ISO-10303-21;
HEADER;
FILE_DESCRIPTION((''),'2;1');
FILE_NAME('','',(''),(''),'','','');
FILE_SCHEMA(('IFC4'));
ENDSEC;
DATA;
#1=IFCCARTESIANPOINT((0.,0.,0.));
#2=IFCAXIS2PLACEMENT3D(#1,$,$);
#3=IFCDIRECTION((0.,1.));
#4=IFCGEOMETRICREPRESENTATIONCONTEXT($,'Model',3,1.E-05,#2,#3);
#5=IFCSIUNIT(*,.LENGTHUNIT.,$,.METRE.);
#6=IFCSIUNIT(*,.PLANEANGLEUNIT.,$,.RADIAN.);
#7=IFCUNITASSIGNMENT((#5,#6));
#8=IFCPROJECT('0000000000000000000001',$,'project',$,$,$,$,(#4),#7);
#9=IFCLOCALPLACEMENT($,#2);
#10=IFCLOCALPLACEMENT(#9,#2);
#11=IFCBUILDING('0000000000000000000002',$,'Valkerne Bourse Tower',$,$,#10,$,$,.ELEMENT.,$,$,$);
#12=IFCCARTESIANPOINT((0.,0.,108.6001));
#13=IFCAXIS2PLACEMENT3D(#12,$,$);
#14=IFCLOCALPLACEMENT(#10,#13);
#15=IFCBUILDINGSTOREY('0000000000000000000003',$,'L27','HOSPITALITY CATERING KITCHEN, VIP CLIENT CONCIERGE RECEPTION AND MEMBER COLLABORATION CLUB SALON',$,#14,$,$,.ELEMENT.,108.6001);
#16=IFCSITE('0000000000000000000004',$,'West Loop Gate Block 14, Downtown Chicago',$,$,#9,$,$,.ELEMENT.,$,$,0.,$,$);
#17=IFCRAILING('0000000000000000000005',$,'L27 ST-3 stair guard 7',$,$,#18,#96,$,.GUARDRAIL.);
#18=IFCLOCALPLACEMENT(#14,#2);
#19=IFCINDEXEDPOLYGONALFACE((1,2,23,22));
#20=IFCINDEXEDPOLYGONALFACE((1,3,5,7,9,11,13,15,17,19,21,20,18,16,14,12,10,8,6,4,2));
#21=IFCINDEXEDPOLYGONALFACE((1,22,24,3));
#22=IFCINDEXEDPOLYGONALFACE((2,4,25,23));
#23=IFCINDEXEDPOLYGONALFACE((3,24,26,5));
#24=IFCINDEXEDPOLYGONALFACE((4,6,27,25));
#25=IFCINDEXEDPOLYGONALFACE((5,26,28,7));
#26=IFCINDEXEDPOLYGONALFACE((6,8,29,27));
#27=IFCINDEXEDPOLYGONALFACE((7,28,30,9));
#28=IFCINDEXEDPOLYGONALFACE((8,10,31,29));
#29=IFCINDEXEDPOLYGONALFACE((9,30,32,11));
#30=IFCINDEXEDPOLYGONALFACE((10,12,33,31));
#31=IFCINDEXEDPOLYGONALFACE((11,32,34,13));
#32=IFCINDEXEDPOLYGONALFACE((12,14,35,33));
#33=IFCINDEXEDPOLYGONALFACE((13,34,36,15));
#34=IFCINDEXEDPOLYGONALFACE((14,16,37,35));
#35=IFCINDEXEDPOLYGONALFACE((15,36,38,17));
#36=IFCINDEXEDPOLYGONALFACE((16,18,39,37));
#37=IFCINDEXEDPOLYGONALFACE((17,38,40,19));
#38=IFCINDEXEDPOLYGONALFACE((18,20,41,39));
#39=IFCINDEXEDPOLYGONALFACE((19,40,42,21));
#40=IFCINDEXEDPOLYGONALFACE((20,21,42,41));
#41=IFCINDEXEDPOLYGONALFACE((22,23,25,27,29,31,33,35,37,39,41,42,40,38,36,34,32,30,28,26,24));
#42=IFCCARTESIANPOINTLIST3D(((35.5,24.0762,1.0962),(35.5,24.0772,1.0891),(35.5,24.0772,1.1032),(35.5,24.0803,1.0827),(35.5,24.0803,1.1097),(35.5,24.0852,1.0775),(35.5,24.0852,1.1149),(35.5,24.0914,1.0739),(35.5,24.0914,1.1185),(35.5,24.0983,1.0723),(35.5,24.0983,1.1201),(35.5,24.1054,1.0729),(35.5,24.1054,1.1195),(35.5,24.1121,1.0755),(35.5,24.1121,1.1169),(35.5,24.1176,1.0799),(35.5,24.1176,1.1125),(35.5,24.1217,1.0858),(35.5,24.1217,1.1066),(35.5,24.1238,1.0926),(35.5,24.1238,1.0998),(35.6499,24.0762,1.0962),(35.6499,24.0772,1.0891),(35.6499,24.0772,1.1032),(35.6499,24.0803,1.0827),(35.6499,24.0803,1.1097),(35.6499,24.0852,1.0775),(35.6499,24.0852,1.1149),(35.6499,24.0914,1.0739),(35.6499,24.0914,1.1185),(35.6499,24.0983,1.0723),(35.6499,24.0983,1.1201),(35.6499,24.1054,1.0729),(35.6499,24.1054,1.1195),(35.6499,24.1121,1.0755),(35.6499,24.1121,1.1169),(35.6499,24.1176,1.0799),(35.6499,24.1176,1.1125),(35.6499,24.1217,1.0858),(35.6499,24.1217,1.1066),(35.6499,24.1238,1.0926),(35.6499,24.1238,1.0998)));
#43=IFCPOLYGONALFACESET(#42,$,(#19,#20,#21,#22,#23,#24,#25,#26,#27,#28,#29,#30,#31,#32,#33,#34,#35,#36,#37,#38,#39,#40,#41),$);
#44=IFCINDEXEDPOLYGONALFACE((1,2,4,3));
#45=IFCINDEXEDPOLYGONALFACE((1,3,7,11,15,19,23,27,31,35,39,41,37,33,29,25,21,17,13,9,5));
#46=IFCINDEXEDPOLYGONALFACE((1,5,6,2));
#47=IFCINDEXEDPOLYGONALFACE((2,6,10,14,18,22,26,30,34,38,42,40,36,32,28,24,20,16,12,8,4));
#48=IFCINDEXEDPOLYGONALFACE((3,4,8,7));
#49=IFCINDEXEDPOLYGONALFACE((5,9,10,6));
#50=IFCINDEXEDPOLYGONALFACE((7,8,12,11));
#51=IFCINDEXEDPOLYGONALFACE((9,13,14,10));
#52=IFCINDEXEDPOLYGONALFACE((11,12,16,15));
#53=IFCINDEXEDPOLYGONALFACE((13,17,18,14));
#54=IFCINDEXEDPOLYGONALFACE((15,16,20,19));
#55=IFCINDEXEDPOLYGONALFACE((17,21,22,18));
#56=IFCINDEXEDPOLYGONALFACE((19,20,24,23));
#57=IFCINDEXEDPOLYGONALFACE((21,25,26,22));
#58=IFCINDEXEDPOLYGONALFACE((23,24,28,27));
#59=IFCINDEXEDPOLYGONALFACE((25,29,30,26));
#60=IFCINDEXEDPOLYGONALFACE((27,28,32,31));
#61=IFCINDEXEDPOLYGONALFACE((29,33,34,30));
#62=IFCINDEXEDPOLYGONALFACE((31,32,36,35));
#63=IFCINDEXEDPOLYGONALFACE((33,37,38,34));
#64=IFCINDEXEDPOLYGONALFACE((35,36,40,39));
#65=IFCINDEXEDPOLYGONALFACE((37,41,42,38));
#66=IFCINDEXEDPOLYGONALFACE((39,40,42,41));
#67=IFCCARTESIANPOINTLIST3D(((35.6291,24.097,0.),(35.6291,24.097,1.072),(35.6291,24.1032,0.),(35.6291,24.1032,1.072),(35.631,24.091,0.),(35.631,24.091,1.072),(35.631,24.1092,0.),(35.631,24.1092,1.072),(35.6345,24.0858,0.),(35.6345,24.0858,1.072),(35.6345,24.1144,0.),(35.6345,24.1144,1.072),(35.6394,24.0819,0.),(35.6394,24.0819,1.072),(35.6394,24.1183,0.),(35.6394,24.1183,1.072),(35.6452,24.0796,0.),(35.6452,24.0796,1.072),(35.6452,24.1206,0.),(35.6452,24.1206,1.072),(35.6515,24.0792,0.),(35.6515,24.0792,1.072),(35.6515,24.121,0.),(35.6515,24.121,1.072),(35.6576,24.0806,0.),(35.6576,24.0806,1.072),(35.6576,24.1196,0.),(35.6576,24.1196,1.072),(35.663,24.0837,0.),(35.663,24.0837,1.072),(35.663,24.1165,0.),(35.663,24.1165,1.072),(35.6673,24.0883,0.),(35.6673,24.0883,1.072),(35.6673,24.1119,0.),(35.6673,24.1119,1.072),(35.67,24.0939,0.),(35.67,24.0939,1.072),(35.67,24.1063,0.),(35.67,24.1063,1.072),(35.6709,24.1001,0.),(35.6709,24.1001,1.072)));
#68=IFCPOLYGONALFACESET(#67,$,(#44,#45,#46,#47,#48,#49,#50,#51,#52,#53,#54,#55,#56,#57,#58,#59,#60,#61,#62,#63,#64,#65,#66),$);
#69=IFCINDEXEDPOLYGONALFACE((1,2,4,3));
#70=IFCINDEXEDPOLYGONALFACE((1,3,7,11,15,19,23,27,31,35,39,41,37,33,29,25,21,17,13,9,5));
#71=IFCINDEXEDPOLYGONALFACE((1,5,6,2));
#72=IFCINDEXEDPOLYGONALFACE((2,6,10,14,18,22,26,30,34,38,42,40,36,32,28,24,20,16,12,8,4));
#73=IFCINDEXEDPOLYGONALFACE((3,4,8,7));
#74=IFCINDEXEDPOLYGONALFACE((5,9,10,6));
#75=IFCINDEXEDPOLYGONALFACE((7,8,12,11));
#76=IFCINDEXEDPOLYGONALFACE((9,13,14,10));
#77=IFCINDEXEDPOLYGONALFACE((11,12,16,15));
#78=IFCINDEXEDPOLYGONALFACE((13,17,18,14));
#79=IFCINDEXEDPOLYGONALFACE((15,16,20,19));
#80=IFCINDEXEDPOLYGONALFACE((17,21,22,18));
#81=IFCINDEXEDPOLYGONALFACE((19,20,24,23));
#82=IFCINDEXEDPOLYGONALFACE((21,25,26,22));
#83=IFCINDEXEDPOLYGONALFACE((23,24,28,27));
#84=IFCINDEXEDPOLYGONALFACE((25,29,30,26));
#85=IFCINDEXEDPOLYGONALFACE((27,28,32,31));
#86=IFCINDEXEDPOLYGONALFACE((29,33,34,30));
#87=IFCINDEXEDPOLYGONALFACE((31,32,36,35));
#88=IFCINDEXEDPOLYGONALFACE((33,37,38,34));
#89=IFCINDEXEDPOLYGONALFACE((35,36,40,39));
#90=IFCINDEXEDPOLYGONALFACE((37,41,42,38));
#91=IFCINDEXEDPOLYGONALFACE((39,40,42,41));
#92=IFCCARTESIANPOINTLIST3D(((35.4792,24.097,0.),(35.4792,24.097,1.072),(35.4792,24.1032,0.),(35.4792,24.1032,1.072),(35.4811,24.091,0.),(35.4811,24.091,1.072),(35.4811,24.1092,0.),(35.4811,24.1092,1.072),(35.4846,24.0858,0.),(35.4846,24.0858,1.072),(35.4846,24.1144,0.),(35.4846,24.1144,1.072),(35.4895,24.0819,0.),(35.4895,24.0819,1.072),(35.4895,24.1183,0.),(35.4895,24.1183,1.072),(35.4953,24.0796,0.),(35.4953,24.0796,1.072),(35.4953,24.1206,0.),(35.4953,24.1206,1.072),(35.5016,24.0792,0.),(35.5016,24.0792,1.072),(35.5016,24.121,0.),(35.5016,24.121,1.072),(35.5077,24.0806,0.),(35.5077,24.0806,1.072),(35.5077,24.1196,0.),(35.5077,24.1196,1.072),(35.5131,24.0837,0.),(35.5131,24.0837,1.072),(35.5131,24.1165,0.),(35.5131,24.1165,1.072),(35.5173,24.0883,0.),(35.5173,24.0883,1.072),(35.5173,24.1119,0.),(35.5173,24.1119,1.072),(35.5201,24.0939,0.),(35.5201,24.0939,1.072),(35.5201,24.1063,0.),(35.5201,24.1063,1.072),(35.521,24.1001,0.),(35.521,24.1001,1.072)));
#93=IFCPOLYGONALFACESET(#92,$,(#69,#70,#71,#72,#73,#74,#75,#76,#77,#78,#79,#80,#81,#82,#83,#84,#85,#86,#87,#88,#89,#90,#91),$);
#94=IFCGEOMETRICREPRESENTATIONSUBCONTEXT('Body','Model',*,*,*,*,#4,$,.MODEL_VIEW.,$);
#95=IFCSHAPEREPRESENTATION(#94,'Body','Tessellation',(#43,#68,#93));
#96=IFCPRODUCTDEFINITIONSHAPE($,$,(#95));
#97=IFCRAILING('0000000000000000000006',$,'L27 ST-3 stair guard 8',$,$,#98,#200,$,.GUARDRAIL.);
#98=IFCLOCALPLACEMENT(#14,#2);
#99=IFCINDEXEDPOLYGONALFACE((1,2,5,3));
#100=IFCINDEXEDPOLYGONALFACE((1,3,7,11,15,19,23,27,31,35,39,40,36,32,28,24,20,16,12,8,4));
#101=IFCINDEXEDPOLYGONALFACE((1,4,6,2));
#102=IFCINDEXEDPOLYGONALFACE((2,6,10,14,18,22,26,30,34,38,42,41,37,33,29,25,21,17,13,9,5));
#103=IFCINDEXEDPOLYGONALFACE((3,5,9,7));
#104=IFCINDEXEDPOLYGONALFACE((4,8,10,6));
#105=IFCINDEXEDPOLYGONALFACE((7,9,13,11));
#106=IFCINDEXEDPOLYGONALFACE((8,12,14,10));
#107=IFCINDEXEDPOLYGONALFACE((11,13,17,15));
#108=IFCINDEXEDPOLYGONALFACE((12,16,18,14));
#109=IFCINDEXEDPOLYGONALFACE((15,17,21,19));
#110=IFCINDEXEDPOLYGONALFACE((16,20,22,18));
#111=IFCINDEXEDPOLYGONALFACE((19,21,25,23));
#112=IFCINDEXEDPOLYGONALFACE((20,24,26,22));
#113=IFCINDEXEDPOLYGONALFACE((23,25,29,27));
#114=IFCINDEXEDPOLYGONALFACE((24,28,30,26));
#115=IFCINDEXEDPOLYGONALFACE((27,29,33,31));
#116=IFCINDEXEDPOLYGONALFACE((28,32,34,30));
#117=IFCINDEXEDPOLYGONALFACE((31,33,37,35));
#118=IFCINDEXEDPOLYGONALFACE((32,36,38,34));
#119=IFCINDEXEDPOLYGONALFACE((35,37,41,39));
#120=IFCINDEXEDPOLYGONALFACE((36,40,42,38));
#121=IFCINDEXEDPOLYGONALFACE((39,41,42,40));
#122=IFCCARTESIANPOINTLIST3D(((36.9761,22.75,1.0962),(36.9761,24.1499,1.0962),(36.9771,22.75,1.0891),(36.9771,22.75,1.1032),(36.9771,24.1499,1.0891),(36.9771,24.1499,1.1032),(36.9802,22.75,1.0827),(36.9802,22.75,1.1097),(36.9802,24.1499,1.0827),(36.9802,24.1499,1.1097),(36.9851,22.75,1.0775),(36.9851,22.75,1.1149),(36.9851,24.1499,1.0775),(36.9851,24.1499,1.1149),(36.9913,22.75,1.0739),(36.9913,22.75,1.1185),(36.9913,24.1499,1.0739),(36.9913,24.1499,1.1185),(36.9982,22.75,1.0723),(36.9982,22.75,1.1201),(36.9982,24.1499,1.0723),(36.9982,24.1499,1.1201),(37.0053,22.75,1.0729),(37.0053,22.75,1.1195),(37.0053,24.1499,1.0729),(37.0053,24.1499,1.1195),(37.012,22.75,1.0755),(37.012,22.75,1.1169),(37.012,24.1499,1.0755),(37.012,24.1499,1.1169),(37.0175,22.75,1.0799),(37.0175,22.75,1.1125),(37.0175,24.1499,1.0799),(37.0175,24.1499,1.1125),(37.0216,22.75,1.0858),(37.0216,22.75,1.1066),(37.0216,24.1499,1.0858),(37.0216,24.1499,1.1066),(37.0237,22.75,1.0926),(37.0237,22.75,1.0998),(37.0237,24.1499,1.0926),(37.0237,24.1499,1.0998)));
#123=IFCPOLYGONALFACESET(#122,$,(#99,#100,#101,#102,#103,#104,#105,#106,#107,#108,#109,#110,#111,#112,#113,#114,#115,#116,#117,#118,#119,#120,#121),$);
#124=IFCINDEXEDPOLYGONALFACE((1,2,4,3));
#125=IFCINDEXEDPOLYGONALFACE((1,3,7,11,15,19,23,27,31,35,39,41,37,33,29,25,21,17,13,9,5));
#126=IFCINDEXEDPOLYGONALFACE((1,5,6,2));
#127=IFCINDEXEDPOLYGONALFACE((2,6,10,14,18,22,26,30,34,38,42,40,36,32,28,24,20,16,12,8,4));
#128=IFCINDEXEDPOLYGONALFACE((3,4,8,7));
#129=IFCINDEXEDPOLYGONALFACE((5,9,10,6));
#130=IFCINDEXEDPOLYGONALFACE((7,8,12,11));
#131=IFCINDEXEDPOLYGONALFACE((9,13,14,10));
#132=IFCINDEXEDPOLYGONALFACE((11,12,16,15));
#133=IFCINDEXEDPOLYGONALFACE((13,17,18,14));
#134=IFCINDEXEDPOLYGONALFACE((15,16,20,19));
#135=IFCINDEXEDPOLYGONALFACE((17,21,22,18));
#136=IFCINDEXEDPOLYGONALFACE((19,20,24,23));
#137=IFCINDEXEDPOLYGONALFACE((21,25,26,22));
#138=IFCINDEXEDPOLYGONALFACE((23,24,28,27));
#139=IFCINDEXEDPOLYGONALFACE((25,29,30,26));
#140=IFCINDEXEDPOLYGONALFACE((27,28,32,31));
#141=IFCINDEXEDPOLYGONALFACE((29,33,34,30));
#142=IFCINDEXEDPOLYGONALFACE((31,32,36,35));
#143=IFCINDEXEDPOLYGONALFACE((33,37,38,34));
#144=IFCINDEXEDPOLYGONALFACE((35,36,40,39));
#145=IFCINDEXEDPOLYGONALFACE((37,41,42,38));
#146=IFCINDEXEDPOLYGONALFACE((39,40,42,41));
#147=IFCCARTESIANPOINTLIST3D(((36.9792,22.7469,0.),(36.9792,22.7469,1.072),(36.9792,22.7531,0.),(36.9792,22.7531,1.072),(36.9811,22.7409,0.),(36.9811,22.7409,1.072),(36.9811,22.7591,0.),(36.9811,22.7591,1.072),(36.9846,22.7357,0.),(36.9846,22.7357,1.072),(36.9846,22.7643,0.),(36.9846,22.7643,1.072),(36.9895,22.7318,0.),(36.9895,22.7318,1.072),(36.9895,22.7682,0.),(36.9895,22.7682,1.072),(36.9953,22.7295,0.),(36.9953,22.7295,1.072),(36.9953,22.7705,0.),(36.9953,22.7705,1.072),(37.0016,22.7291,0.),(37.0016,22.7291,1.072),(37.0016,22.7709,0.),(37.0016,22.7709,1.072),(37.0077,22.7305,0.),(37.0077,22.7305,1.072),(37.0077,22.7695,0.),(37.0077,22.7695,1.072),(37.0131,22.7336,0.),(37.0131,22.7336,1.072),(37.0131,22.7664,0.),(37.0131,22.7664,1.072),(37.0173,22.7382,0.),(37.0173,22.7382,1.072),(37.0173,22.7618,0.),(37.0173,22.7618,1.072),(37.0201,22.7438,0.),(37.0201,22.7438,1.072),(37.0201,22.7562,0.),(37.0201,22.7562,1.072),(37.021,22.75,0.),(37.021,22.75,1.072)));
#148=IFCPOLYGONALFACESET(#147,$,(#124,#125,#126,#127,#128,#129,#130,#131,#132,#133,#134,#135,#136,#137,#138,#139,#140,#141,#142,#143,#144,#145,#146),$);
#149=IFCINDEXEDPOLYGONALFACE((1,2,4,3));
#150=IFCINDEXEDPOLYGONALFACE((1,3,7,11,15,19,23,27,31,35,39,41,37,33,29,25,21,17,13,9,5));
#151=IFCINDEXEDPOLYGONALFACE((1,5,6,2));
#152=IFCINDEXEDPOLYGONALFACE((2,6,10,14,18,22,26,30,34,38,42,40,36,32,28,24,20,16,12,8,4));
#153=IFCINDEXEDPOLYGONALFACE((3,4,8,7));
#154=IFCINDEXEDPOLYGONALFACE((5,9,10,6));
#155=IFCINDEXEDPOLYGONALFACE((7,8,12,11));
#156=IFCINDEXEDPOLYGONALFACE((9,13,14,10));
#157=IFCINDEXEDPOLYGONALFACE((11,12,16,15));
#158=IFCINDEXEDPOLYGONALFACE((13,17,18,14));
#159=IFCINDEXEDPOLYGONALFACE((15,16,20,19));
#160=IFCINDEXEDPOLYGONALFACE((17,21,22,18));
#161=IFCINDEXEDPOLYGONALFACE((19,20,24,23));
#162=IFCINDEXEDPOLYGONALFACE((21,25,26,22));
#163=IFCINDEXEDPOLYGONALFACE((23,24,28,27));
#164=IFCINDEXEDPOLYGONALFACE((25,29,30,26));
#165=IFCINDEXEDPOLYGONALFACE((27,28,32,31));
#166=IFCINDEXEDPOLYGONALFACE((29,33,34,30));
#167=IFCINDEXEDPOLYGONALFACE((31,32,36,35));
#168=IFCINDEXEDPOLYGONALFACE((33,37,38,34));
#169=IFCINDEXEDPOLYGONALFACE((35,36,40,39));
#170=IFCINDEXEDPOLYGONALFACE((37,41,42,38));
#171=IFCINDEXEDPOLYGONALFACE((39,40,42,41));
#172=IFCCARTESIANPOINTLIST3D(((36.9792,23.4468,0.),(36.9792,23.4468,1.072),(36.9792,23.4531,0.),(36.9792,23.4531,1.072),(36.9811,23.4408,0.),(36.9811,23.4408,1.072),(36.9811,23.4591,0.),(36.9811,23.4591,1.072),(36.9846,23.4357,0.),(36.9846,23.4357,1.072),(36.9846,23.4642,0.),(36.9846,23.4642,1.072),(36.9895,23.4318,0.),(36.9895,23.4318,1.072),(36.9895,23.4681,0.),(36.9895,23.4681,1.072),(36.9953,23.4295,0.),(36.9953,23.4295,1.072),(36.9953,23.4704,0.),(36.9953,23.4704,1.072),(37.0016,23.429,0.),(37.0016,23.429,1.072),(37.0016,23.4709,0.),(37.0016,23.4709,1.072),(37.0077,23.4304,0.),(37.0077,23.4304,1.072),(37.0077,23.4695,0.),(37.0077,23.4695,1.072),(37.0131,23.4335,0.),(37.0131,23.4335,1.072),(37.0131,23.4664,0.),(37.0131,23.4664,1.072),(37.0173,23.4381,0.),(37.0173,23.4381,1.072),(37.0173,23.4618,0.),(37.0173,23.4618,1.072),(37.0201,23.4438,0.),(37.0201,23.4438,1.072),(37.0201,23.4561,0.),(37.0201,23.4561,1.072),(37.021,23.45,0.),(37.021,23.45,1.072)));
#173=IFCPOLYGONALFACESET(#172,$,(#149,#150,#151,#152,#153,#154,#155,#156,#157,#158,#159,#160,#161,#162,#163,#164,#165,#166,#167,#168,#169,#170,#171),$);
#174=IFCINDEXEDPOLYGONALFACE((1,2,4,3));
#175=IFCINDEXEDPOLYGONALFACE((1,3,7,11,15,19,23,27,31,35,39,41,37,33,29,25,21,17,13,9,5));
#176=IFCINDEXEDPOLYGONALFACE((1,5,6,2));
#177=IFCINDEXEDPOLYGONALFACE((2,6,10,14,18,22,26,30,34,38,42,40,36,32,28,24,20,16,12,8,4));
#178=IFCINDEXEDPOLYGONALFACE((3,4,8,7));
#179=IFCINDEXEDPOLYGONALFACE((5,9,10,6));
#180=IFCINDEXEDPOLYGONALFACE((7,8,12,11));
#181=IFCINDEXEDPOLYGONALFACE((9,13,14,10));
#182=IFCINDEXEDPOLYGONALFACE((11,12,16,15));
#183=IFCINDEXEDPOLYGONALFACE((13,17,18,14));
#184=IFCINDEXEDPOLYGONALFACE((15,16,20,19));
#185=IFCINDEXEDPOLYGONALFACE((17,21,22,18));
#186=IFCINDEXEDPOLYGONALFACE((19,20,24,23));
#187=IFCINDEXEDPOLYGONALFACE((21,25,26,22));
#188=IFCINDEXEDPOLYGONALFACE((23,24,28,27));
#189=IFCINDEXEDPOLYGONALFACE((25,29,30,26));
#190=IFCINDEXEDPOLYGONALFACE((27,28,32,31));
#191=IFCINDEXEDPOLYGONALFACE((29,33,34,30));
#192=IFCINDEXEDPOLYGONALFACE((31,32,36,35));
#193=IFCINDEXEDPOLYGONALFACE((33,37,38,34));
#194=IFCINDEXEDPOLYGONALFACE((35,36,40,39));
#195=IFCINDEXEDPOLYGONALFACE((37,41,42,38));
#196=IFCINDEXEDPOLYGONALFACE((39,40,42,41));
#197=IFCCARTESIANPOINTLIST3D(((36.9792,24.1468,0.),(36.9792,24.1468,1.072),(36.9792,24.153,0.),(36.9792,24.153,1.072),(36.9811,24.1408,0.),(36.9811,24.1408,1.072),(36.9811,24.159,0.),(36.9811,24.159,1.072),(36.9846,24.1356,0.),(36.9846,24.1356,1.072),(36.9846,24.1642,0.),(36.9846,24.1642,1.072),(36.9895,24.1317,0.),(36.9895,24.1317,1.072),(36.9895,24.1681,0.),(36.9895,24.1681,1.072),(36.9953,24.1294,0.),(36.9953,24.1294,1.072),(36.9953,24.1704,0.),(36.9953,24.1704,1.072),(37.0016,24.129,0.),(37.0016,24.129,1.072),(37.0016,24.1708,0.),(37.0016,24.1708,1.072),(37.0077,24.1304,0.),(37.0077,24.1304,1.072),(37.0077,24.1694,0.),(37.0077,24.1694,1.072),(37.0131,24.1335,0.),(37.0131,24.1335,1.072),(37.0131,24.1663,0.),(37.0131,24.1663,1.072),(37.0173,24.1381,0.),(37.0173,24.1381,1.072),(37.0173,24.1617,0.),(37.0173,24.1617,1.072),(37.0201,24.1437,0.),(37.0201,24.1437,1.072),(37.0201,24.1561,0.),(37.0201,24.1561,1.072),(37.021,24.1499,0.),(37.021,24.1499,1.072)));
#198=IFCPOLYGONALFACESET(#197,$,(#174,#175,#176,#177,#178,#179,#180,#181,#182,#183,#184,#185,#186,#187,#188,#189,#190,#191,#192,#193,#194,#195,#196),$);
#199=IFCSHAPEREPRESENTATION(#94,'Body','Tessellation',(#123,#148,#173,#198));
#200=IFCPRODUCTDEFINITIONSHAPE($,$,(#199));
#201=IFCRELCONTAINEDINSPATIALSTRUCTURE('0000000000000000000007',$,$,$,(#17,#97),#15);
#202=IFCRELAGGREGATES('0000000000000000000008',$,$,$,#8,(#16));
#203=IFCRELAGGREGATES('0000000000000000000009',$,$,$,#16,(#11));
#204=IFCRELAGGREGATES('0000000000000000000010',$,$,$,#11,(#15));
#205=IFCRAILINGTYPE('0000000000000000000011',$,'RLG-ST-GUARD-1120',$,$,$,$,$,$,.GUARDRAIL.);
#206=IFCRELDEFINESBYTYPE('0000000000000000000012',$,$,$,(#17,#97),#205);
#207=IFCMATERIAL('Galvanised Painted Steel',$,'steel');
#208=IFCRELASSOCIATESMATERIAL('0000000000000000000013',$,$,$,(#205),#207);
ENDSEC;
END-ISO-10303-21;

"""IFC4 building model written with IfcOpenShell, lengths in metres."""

from ifc_helpers import new_model, si_unit, direction, frame, origin, origin_2d, place, context, subcontext, project, spatial, circle, extrude, material, type_object, element, save


model = new_model("IFC4")

# Units and contexts
model_context = context("Model", 3, precision=1e-05, world=origin(), true_north=direction((0.0, 1.0)))
body_context = subcontext(model_context, "Body", "Model", "MODEL_VIEW")
ifc_project = project(units=[si_unit("LENGTHUNIT", "METRE"), si_unit("PLANEANGLEUNIT", "RADIAN")], contexts=[model_context])

# Site, building, storey
site_placement = place(None, origin())
site = spatial("IfcSite", under=ifc_project, at=site_placement, Name="West Loop Gate Block 14, Downtown Chicago", CompositionType="ELEMENT", RefElevation=0.0)
building_placement = place(site_placement, origin())
building = spatial("IfcBuilding", under=site, at=building_placement, Name="Valkerne Bourse Tower", CompositionType="ELEMENT")
storey_placement = place(building_placement, frame((0.0, 0.0, 108.6001)))
storey = spatial("IfcBuildingStorey", under=building, at=storey_placement, Name="L27", Description="HOSPITALITY CATERING KITCHEN, VIP CLIENT CONCIERGE RECEPTION AND MEMBER COLLABORATION CLUB SALON", CompositionType="ELEMENT", Elevation=108.6001)

# Railings
ifc_material_1 = material(Name="Galvanised Painted Steel", Category="steel")
railing_type_1 = type_object("IfcRailingType", Name="RLG-ST-GUARD-1120", PredefinedType="GUARDRAIL", material=ifc_material_1)
railing_1_placement = place(storey_placement, frame((35.6499, 24.1001, 0.0)))
element("IfcRailing", 1, at=railing_1_placement, inside=storey, type_object=railing_type_1, Name="L27 ST-3 stair guard 7", PredefinedType="GUARDRAIL", context=body_context, shape_type="SweptSolid", body=[
    extrude(circle(Radius=0.0239, at=origin_2d()), frame((0.0, 0.0, 1.0962), z_axis=(-1.0, 0.0, 0.0), x_axis=(0.0, -1.0, 0.0)), (0.0, 0.0, 1.0), 0.1499),
    extrude(circle(Radius=0.021, at=origin_2d()), origin(), (0.0, 0.0, 1.0), 1.072),
    extrude(circle(Radius=0.021, at=origin_2d()), frame((-0.1499, 0.0, 0.0)), (0.0, 0.0, 1.0), 1.072),
])
railing_2_placement = place(storey_placement, frame((37.0, 22.75, 0.0)))
element("IfcRailing", 2, at=railing_2_placement, inside=storey, type_object=railing_type_1, Name="L27 ST-3 stair guard 8", PredefinedType="GUARDRAIL", context=body_context, shape_type="SweptSolid", body=[
    extrude(circle(Radius=0.0239, at=origin_2d()), frame((0.0, 0.0, 1.0962), z_axis=(0.0, 1.0, 0.0), x_axis=(-1.0, 0.0, 0.0)), (0.0, 0.0, 1.0), 1.3999),
    extrude(circle(Radius=0.021, at=origin_2d()), origin(), (0.0, 0.0, 1.0), 1.072),
    extrude(circle(Radius=0.021, at=origin_2d()), frame((0.0, 0.7, 0.0)), (0.0, 0.0, 1.0), 1.072),
    extrude(circle(Radius=0.021, at=origin_2d()), frame((0.0, 1.3999, 0.0)), (0.0, 0.0, 1.0), 1.072),
])

save(model, "model.ifc")
